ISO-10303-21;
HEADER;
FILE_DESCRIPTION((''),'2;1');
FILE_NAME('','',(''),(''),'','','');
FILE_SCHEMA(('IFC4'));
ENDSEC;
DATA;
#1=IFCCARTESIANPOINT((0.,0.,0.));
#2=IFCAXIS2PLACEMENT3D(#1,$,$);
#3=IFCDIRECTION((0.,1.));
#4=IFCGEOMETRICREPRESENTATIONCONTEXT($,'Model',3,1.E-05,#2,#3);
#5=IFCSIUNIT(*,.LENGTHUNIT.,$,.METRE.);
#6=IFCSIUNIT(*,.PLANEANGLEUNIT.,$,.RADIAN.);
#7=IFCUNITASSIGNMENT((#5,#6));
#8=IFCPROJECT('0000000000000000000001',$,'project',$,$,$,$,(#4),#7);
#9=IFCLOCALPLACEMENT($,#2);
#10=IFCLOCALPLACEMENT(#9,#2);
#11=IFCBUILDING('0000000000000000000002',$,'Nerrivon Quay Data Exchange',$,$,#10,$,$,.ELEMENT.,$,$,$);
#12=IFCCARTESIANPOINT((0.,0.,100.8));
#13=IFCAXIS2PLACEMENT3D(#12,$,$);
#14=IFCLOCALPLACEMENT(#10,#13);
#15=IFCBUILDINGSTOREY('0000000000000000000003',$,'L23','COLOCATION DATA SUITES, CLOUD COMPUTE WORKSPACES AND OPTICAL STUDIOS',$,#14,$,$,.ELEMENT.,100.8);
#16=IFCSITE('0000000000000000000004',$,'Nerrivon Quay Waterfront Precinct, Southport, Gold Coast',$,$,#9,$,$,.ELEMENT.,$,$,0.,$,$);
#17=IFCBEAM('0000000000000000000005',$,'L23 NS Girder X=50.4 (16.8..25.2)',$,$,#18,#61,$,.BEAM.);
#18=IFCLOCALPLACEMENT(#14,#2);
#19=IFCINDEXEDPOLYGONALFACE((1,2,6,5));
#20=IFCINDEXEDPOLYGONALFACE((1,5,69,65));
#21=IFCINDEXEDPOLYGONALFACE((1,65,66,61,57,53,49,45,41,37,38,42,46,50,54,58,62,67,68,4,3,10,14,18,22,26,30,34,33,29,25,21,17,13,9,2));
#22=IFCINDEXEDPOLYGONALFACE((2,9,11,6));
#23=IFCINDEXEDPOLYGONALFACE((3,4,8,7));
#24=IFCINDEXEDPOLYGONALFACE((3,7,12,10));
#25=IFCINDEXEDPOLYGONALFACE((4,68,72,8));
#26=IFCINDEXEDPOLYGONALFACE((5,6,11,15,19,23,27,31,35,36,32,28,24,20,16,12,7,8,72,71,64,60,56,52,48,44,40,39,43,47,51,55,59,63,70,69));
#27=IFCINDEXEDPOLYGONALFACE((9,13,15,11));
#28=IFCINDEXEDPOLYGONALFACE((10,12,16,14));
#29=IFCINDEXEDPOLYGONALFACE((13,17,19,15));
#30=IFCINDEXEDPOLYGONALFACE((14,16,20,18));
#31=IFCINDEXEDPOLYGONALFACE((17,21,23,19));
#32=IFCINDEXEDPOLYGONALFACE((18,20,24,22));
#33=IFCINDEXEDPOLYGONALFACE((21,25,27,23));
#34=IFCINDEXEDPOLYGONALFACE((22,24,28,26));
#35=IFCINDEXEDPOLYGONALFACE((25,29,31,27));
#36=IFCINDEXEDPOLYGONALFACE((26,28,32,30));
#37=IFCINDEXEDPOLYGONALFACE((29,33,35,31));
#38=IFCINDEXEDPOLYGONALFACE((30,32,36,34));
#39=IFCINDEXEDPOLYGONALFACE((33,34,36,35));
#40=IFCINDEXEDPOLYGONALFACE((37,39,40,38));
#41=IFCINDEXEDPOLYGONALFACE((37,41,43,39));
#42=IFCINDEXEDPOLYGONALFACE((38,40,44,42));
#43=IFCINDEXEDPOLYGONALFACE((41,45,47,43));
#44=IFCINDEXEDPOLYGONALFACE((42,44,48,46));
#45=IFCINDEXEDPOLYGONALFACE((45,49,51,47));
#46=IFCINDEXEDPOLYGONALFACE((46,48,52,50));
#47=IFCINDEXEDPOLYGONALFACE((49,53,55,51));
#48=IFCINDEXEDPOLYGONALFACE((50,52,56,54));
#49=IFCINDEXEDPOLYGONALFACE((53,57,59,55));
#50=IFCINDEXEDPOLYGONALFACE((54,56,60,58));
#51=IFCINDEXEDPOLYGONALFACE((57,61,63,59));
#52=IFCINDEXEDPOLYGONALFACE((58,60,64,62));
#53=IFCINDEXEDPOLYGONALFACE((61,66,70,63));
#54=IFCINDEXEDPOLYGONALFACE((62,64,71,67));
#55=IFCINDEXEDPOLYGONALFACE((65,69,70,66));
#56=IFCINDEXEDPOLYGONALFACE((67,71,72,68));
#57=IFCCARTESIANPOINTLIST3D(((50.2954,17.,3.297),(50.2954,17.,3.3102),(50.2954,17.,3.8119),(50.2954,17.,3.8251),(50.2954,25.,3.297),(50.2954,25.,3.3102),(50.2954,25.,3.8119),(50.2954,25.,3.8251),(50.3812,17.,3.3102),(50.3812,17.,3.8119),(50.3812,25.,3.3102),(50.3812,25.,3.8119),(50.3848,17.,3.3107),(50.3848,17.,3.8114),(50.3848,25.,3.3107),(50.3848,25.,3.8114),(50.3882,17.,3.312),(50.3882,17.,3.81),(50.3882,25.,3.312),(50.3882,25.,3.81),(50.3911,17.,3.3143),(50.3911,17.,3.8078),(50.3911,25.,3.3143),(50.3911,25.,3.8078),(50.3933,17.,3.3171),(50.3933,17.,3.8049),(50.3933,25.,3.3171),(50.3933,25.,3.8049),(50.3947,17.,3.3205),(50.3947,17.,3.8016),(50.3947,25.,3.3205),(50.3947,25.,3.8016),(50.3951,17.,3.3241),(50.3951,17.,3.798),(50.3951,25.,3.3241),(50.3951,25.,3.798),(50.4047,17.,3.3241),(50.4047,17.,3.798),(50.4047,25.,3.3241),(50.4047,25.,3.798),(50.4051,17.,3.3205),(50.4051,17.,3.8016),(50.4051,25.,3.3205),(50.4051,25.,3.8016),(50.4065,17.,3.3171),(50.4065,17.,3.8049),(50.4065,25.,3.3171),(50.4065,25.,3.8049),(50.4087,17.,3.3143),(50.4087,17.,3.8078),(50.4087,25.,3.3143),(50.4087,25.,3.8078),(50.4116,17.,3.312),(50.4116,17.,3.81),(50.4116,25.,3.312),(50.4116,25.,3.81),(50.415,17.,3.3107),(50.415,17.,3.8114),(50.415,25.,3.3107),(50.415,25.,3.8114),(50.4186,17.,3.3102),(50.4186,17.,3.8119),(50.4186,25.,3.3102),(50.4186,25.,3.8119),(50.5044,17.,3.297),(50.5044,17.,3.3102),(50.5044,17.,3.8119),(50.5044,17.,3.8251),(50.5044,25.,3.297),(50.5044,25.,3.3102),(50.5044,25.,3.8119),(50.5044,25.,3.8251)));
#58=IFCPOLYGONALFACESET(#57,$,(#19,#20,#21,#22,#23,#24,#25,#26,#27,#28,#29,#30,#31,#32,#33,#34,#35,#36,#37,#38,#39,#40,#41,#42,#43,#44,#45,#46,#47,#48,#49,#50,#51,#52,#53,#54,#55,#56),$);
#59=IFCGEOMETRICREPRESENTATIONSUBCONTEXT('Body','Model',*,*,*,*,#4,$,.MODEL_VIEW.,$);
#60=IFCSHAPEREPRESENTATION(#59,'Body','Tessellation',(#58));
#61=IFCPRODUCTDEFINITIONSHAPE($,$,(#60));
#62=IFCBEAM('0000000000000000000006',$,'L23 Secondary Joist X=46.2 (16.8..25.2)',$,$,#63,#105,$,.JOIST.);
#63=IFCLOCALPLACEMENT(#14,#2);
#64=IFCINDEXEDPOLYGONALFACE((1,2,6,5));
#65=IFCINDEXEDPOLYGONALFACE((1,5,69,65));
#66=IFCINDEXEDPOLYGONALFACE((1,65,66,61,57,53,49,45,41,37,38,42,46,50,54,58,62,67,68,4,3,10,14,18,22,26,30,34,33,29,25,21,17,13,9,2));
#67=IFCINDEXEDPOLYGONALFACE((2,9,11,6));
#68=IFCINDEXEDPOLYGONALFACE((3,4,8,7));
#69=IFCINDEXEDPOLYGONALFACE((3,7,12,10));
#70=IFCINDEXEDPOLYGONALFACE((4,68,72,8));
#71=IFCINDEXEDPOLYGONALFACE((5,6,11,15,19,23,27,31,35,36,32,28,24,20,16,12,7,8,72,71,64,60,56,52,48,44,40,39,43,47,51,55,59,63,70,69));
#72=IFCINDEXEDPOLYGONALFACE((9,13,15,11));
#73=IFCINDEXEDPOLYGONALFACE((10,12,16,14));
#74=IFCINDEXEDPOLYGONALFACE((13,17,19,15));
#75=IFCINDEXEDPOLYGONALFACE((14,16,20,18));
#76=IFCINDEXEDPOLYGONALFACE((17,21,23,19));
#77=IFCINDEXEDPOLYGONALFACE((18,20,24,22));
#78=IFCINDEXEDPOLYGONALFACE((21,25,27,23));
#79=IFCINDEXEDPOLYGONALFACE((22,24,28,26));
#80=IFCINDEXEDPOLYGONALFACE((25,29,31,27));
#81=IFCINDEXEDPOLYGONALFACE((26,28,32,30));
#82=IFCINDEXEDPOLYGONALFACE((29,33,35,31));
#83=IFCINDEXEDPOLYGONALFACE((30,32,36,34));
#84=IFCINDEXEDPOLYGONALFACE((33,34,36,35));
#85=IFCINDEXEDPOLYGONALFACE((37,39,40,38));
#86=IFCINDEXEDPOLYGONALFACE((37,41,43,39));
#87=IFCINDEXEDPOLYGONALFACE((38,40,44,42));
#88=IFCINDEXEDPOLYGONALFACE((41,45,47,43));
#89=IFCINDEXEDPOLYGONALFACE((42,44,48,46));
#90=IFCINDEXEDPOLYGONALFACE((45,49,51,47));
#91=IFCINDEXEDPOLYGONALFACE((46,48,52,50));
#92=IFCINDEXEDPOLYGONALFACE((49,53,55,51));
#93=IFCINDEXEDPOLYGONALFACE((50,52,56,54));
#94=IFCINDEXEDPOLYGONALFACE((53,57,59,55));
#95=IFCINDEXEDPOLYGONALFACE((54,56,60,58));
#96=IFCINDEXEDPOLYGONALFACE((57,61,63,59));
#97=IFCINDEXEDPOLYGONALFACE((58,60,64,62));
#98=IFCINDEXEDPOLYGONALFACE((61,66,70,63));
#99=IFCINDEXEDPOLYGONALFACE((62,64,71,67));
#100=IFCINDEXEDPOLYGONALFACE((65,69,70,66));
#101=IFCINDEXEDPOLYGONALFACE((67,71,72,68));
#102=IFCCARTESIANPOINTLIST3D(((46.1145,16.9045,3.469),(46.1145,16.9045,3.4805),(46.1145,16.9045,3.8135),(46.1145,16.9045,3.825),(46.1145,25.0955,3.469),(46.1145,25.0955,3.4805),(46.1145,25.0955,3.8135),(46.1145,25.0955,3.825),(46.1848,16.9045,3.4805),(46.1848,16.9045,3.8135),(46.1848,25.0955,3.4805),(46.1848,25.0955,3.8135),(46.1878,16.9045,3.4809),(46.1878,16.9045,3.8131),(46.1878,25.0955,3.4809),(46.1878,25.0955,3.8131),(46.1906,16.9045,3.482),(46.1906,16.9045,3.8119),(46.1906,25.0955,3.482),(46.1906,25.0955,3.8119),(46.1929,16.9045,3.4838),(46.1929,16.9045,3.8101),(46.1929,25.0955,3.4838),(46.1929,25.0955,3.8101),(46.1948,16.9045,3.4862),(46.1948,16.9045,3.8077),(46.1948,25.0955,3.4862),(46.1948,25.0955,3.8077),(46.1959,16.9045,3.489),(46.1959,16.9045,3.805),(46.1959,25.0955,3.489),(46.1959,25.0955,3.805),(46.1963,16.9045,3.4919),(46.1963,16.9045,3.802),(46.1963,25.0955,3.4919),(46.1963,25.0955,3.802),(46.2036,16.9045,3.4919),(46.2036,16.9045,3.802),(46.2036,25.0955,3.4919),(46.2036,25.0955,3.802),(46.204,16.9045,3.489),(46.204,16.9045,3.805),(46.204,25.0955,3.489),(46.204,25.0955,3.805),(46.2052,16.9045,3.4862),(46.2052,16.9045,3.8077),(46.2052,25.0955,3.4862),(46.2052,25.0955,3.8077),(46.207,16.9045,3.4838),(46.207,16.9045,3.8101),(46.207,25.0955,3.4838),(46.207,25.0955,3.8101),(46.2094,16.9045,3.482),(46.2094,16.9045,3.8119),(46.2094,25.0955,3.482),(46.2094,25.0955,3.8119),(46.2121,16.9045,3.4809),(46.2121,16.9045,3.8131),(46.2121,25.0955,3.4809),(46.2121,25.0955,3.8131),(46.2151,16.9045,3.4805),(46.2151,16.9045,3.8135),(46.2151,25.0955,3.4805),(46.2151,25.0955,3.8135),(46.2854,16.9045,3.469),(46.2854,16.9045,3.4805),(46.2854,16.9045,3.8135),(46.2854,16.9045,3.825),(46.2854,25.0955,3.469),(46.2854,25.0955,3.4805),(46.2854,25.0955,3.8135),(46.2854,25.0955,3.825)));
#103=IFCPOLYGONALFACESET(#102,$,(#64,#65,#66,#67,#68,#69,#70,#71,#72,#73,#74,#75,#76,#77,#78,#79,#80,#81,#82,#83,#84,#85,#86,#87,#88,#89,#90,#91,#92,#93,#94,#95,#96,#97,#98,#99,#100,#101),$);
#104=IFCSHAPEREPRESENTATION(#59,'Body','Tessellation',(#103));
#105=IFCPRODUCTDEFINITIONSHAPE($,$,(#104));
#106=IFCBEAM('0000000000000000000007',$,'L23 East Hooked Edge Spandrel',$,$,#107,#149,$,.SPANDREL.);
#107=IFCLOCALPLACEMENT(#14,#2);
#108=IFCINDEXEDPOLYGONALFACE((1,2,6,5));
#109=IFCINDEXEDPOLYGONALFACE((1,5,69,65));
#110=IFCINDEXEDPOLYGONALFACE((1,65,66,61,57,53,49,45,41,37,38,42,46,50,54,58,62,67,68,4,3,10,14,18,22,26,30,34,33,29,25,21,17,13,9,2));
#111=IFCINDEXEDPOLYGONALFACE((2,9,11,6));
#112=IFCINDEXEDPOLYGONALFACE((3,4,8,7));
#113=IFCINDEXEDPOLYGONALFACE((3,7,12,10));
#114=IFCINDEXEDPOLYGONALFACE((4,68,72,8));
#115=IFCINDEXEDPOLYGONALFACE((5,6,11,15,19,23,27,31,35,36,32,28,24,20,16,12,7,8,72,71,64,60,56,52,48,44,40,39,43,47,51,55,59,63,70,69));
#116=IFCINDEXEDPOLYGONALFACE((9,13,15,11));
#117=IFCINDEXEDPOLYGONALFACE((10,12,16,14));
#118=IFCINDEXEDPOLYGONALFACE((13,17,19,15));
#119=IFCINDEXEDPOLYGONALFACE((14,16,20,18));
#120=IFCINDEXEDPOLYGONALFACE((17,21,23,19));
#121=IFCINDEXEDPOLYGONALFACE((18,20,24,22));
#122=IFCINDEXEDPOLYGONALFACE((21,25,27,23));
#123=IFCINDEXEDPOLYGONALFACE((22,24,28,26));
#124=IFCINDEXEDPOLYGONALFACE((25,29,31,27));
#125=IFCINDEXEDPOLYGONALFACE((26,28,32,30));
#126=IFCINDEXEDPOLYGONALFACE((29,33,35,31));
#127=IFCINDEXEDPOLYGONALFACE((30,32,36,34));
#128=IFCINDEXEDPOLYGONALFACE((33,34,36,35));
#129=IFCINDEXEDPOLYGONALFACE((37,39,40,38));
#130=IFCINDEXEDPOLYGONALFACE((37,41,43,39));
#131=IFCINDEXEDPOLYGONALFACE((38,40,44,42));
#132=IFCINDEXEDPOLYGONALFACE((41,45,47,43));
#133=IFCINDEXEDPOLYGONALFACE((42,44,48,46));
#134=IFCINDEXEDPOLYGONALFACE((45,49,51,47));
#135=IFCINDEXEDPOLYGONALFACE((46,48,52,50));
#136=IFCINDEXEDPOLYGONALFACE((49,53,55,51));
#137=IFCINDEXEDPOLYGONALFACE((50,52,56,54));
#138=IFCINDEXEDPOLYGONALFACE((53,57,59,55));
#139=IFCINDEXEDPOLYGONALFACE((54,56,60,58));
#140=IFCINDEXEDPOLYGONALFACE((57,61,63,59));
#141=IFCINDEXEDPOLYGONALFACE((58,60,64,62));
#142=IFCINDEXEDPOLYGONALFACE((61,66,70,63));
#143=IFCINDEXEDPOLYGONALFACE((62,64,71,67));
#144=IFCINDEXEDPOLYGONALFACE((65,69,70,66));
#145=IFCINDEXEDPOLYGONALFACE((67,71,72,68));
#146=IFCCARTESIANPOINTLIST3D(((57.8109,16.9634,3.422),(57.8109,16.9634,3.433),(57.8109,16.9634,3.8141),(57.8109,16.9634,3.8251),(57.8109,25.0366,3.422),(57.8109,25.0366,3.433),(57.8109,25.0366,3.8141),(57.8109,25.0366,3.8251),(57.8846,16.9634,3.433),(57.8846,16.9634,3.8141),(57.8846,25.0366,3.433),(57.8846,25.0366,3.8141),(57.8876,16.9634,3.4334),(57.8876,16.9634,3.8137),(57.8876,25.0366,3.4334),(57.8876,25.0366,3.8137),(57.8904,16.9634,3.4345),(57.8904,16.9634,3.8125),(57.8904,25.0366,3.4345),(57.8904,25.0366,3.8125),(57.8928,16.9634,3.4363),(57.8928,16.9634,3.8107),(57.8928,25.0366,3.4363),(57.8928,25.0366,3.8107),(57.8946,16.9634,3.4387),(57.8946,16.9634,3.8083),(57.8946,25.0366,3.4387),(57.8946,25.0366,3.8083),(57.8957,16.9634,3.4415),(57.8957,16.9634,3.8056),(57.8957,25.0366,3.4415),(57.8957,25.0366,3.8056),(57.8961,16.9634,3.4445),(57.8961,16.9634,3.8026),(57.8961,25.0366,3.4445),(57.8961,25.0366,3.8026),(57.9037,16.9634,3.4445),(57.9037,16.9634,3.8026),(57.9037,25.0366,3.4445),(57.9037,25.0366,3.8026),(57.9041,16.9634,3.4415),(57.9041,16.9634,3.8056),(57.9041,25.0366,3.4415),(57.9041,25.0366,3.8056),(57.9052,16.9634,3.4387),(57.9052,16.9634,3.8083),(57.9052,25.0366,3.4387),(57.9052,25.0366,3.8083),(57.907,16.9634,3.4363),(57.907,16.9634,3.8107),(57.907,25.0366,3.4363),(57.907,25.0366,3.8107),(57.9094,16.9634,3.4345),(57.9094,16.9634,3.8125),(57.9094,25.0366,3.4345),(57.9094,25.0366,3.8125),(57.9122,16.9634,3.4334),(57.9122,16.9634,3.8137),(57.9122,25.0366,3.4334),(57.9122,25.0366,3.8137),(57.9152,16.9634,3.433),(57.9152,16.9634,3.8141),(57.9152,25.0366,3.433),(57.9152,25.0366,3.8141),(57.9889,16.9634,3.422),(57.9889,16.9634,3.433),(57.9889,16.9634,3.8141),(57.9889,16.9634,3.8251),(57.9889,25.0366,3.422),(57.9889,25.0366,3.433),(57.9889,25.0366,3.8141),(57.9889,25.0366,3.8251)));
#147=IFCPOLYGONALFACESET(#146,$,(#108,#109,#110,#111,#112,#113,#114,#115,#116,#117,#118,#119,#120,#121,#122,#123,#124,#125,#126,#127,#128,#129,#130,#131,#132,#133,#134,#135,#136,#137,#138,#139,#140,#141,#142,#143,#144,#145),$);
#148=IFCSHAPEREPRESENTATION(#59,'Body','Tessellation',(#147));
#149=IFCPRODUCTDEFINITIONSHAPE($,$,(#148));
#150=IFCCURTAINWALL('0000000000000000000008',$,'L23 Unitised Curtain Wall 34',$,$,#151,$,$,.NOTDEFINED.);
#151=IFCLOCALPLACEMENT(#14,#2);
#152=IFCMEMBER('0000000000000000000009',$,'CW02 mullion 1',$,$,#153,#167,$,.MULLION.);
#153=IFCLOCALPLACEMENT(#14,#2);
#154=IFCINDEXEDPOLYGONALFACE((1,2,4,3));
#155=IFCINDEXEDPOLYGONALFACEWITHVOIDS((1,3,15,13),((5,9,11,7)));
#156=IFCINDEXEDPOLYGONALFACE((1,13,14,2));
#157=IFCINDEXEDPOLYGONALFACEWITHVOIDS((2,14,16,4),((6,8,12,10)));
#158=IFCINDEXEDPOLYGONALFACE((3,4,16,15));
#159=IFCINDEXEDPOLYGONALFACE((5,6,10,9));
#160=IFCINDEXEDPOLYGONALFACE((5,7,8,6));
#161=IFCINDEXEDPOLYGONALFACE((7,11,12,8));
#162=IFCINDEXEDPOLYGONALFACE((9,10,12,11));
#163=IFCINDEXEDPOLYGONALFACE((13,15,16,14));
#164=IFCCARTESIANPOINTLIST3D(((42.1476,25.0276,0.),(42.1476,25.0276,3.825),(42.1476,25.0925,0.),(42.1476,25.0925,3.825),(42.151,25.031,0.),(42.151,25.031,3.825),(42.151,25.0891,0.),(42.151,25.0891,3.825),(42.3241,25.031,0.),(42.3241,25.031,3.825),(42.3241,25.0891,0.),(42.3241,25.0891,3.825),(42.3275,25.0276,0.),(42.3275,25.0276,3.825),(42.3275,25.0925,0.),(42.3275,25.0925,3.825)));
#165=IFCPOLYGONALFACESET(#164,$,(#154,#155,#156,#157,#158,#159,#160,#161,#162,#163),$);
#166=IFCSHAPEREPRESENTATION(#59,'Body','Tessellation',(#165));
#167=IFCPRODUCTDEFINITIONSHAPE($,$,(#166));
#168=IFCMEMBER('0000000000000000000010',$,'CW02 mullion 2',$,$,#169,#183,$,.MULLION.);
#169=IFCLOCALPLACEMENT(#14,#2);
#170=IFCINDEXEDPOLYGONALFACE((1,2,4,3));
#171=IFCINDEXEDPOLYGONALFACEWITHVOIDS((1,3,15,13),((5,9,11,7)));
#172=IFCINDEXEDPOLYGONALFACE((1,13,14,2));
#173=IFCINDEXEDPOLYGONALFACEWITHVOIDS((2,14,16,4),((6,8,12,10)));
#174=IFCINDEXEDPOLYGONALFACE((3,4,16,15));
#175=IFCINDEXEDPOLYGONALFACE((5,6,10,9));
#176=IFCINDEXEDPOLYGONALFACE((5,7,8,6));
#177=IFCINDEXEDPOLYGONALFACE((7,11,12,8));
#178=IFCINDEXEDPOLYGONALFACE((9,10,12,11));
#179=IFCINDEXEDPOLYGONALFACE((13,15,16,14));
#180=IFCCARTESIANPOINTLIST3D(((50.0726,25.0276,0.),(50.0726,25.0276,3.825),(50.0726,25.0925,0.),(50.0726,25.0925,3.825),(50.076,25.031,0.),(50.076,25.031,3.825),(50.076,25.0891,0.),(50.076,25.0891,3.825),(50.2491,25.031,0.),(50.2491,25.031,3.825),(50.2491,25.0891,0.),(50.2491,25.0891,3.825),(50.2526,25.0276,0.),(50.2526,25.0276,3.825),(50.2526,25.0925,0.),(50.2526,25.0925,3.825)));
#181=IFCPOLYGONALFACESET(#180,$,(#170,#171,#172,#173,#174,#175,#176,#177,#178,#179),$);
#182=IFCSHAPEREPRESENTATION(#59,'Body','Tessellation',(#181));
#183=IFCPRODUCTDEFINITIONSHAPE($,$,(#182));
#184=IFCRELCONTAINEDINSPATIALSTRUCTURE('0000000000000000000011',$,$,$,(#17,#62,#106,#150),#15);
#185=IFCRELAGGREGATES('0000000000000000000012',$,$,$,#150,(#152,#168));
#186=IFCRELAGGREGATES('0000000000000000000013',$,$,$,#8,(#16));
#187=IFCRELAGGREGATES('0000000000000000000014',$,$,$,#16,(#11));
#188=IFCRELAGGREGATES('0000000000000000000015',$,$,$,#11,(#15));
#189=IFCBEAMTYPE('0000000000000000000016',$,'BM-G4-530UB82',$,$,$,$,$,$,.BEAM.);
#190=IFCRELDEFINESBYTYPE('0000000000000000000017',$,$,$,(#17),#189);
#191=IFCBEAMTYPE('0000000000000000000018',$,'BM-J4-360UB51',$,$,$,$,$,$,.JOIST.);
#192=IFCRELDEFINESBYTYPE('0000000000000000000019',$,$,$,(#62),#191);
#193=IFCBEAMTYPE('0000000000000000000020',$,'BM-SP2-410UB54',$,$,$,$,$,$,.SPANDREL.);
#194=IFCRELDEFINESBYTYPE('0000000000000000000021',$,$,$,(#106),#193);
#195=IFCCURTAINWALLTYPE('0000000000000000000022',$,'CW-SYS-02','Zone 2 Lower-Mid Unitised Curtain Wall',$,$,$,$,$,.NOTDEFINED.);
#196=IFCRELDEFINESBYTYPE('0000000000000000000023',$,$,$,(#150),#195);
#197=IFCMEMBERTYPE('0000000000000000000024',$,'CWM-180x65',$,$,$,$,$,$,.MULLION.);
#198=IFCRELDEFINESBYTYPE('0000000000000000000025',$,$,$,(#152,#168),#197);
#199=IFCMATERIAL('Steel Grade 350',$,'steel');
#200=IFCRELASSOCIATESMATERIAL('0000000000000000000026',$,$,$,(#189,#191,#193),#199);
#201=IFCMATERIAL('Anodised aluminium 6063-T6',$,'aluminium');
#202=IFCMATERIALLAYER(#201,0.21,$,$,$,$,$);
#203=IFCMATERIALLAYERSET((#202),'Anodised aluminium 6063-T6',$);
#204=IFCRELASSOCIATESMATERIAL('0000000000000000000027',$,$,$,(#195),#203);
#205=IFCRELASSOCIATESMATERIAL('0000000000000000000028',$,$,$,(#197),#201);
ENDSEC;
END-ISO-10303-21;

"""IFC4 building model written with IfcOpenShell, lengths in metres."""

from ifc_helpers import new_model, si_unit, direction, frame, origin, origin_2d, place, context, subcontext, project, spatial, hollow_rectangle, i_section, extrude, material, layer, layer_set, material_profile, profile_set, type_object, element, aggregate, save


model = new_model("IFC4")

# Units and contexts
model_context = context("Model", 3, precision=1e-05, world=origin(), true_north=direction((0.0, 1.0)))
body_context = subcontext(model_context, "Body", "Model", "MODEL_VIEW")
ifc_project = project(units=[si_unit("LENGTHUNIT", "METRE"), si_unit("PLANEANGLEUNIT", "RADIAN")], contexts=[model_context])

# Site, building, storey
site_placement = place(None, origin())
site = spatial("IfcSite", under=ifc_project, at=site_placement, Name="Nerrivon Quay Waterfront Precinct, Southport, Gold Coast", CompositionType="ELEMENT", RefElevation=0.0)
building_placement = place(site_placement, origin())
building = spatial("IfcBuilding", under=site, at=building_placement, Name="Nerrivon Quay Data Exchange", CompositionType="ELEMENT")
storey_placement = place(building_placement, frame((0.0, 0.0, 100.8)))
storey = spatial("IfcBuildingStorey", under=building, at=storey_placement, Name="L23", Description="COLOCATION DATA SUITES, CLOUD COMPUTE WORKSPACES AND OPTICAL STUDIOS", CompositionType="ELEMENT", Elevation=100.8)

# Shared definitions
ifc_material_1 = material(Name="Steel Grade 350", Category="steel")

# Beams
ifc_material_profile_1 = material_profile(ifc_material_1, i_section(OverallWidth=0.209, OverallDepth=0.5281, WebThickness=0.0095, FlangeThickness=0.0132, FilletRadius=0.0139, at=origin_2d()), Name="530UB82.0")
ifc_profile_set_1 = profile_set([ifc_material_profile_1], Name="Steel Grade 350")
beam_type_1 = type_object("IfcBeamType", Name="BM-G4-530UB82", PredefinedType="BEAM", material=ifc_profile_set_1)
beam_1_placement = place(storey_placement, frame((50.3999, 17.0, 3.561), z_axis=(0.0, 1.0, 0.0), x_axis=(-1.0, 0.0, 0.0)))
element("IfcBeam", 1, at=beam_1_placement, inside=storey, type_object=beam_type_1, Name="L23 NS Girder X=50.4 (16.8..25.2)", PredefinedType="BEAM", context=body_context, shape_type="SweptSolid", body=[
    extrude(i_section(OverallWidth=0.209, OverallDepth=0.5281, WebThickness=0.0095, FlangeThickness=0.0132, FilletRadius=0.0139, at=origin_2d()), origin(), (0.0, 0.0, 1.0), 8.0),
])
ifc_material_profile_2 = material_profile(ifc_material_1, i_section(OverallWidth=0.1709, OverallDepth=0.356, WebThickness=0.0073, FlangeThickness=0.0115, FilletRadius=0.0115, at=origin_2d()), Name="360UB50.7")
ifc_profile_set_2 = profile_set([ifc_material_profile_2], Name="Steel Grade 350")
beam_type_2 = type_object("IfcBeamType", Name="BM-J4-360UB51", PredefinedType="JOIST", material=ifc_profile_set_2)
beam_2_placement = place(storey_placement, frame((46.2, 16.9045, 3.647), z_axis=(0.0, 1.0, 0.0), x_axis=(-1.0, 0.0, 0.0)))
element("IfcBeam", 2, at=beam_2_placement, inside=storey, type_object=beam_type_2, Name="L23 Secondary Joist X=46.2 (16.8..25.2)", PredefinedType="JOIST", context=body_context, shape_type="SweptSolid", body=[
    extrude(i_section(OverallWidth=0.1709, OverallDepth=0.356, WebThickness=0.0073, FlangeThickness=0.0115, FilletRadius=0.0115, at=origin_2d()), origin(), (0.0, 0.0, 1.0), 8.1909),
])
ifc_material_profile_3 = material_profile(ifc_material_1, i_section(OverallWidth=0.178, OverallDepth=0.4031, WebThickness=0.0076, FlangeThickness=0.011, FilletRadius=0.0115, at=origin_2d()), Name="410UB53.7")
ifc_profile_set_3 = profile_set([ifc_material_profile_3], Name="Steel Grade 350")
beam_type_3 = type_object("IfcBeamType", Name="BM-SP2-410UB54", PredefinedType="SPANDREL", material=ifc_profile_set_3)
beam_3_placement = place(storey_placement, frame((57.8999, 16.9634, 3.6235), z_axis=(0.0, 1.0, 0.0), x_axis=(-1.0, 0.0, 0.0)))
element("IfcBeam", 3, at=beam_3_placement, inside=storey, type_object=beam_type_3, Name="L23 East Hooked Edge Spandrel", PredefinedType="SPANDREL", context=body_context, shape_type="SweptSolid", body=[
    extrude(i_section(OverallWidth=0.178, OverallDepth=0.4031, WebThickness=0.0076, FlangeThickness=0.011, FilletRadius=0.0115, at=origin_2d()), origin(), (0.0, 0.0, 1.0), 8.0732),
])

# Curtain wall, members
ifc_material_2 = material(Name="Anodised aluminium 6063-T6", Category="aluminium")
ifc_layer_1 = layer(ifc_material_2, 0.21)
ifc_layer_set_1 = layer_set([ifc_layer_1], Name="Anodised aluminium 6063-T6")
curtain_wall_type_1 = type_object("IfcCurtainWallType", Name="CW-SYS-02", Description="Zone 2 Lower-Mid Unitised Curtain Wall", PredefinedType="NOTDEFINED", material=ifc_layer_set_1)
curtain_wall_1_placement = place(storey_placement, origin())
curtain_wall_1 = element("IfcCurtainWall", 4, at=curtain_wall_1_placement, inside=storey, type_object=curtain_wall_type_1, Name="L23 Unitised Curtain Wall 34", PredefinedType="NOTDEFINED")
ifc_material_profile_4 = material_profile(ifc_material_2, hollow_rectangle(XDim=0.0649, YDim=0.1799, WallThickness=0.0034, at=origin_2d()), Name="ALU-MULL-180x65")
ifc_profile_set_4 = profile_set([ifc_material_profile_4], Name="Anodised aluminium 6063-T6")
member_type_1 = type_object("IfcMemberType", Name="CWM-180x65", PredefinedType="MULLION", material=ifc_profile_set_4)
member_1_placement = place(storey_placement, frame((42.2375, 25.0601, 0.0), z_axis=(0.0, 0.0, 1.0), x_axis=(0.0, 1.0, 0.0)))
member_1 = element("IfcMember", 5, at=member_1_placement, type_object=member_type_1, Name="CW02 mullion 1", PredefinedType="MULLION", context=body_context, shape_type="SweptSolid", body=[
    extrude(hollow_rectangle(XDim=0.0649, YDim=0.1799, WallThickness=0.0034, at=origin_2d()), origin(), (0.0, 0.0, 1.0), 3.825),
])
member_2_placement = place(storey_placement, frame((50.1626, 25.0601, 0.0), z_axis=(0.0, 0.0, 1.0), x_axis=(0.0, 1.0, 0.0)))
member_2 = element("IfcMember", 6, at=member_2_placement, type_object=member_type_1, Name="CW02 mullion 2", PredefinedType="MULLION", context=body_context, shape_type="SweptSolid", body=[
    extrude(hollow_rectangle(XDim=0.0649, YDim=0.1799, WallThickness=0.0034, at=origin_2d()), origin(), (0.0, 0.0, 1.0), 3.825),
])

aggregate(curtain_wall_1, [member_1, member_2])

save(model, "model.ifc")
